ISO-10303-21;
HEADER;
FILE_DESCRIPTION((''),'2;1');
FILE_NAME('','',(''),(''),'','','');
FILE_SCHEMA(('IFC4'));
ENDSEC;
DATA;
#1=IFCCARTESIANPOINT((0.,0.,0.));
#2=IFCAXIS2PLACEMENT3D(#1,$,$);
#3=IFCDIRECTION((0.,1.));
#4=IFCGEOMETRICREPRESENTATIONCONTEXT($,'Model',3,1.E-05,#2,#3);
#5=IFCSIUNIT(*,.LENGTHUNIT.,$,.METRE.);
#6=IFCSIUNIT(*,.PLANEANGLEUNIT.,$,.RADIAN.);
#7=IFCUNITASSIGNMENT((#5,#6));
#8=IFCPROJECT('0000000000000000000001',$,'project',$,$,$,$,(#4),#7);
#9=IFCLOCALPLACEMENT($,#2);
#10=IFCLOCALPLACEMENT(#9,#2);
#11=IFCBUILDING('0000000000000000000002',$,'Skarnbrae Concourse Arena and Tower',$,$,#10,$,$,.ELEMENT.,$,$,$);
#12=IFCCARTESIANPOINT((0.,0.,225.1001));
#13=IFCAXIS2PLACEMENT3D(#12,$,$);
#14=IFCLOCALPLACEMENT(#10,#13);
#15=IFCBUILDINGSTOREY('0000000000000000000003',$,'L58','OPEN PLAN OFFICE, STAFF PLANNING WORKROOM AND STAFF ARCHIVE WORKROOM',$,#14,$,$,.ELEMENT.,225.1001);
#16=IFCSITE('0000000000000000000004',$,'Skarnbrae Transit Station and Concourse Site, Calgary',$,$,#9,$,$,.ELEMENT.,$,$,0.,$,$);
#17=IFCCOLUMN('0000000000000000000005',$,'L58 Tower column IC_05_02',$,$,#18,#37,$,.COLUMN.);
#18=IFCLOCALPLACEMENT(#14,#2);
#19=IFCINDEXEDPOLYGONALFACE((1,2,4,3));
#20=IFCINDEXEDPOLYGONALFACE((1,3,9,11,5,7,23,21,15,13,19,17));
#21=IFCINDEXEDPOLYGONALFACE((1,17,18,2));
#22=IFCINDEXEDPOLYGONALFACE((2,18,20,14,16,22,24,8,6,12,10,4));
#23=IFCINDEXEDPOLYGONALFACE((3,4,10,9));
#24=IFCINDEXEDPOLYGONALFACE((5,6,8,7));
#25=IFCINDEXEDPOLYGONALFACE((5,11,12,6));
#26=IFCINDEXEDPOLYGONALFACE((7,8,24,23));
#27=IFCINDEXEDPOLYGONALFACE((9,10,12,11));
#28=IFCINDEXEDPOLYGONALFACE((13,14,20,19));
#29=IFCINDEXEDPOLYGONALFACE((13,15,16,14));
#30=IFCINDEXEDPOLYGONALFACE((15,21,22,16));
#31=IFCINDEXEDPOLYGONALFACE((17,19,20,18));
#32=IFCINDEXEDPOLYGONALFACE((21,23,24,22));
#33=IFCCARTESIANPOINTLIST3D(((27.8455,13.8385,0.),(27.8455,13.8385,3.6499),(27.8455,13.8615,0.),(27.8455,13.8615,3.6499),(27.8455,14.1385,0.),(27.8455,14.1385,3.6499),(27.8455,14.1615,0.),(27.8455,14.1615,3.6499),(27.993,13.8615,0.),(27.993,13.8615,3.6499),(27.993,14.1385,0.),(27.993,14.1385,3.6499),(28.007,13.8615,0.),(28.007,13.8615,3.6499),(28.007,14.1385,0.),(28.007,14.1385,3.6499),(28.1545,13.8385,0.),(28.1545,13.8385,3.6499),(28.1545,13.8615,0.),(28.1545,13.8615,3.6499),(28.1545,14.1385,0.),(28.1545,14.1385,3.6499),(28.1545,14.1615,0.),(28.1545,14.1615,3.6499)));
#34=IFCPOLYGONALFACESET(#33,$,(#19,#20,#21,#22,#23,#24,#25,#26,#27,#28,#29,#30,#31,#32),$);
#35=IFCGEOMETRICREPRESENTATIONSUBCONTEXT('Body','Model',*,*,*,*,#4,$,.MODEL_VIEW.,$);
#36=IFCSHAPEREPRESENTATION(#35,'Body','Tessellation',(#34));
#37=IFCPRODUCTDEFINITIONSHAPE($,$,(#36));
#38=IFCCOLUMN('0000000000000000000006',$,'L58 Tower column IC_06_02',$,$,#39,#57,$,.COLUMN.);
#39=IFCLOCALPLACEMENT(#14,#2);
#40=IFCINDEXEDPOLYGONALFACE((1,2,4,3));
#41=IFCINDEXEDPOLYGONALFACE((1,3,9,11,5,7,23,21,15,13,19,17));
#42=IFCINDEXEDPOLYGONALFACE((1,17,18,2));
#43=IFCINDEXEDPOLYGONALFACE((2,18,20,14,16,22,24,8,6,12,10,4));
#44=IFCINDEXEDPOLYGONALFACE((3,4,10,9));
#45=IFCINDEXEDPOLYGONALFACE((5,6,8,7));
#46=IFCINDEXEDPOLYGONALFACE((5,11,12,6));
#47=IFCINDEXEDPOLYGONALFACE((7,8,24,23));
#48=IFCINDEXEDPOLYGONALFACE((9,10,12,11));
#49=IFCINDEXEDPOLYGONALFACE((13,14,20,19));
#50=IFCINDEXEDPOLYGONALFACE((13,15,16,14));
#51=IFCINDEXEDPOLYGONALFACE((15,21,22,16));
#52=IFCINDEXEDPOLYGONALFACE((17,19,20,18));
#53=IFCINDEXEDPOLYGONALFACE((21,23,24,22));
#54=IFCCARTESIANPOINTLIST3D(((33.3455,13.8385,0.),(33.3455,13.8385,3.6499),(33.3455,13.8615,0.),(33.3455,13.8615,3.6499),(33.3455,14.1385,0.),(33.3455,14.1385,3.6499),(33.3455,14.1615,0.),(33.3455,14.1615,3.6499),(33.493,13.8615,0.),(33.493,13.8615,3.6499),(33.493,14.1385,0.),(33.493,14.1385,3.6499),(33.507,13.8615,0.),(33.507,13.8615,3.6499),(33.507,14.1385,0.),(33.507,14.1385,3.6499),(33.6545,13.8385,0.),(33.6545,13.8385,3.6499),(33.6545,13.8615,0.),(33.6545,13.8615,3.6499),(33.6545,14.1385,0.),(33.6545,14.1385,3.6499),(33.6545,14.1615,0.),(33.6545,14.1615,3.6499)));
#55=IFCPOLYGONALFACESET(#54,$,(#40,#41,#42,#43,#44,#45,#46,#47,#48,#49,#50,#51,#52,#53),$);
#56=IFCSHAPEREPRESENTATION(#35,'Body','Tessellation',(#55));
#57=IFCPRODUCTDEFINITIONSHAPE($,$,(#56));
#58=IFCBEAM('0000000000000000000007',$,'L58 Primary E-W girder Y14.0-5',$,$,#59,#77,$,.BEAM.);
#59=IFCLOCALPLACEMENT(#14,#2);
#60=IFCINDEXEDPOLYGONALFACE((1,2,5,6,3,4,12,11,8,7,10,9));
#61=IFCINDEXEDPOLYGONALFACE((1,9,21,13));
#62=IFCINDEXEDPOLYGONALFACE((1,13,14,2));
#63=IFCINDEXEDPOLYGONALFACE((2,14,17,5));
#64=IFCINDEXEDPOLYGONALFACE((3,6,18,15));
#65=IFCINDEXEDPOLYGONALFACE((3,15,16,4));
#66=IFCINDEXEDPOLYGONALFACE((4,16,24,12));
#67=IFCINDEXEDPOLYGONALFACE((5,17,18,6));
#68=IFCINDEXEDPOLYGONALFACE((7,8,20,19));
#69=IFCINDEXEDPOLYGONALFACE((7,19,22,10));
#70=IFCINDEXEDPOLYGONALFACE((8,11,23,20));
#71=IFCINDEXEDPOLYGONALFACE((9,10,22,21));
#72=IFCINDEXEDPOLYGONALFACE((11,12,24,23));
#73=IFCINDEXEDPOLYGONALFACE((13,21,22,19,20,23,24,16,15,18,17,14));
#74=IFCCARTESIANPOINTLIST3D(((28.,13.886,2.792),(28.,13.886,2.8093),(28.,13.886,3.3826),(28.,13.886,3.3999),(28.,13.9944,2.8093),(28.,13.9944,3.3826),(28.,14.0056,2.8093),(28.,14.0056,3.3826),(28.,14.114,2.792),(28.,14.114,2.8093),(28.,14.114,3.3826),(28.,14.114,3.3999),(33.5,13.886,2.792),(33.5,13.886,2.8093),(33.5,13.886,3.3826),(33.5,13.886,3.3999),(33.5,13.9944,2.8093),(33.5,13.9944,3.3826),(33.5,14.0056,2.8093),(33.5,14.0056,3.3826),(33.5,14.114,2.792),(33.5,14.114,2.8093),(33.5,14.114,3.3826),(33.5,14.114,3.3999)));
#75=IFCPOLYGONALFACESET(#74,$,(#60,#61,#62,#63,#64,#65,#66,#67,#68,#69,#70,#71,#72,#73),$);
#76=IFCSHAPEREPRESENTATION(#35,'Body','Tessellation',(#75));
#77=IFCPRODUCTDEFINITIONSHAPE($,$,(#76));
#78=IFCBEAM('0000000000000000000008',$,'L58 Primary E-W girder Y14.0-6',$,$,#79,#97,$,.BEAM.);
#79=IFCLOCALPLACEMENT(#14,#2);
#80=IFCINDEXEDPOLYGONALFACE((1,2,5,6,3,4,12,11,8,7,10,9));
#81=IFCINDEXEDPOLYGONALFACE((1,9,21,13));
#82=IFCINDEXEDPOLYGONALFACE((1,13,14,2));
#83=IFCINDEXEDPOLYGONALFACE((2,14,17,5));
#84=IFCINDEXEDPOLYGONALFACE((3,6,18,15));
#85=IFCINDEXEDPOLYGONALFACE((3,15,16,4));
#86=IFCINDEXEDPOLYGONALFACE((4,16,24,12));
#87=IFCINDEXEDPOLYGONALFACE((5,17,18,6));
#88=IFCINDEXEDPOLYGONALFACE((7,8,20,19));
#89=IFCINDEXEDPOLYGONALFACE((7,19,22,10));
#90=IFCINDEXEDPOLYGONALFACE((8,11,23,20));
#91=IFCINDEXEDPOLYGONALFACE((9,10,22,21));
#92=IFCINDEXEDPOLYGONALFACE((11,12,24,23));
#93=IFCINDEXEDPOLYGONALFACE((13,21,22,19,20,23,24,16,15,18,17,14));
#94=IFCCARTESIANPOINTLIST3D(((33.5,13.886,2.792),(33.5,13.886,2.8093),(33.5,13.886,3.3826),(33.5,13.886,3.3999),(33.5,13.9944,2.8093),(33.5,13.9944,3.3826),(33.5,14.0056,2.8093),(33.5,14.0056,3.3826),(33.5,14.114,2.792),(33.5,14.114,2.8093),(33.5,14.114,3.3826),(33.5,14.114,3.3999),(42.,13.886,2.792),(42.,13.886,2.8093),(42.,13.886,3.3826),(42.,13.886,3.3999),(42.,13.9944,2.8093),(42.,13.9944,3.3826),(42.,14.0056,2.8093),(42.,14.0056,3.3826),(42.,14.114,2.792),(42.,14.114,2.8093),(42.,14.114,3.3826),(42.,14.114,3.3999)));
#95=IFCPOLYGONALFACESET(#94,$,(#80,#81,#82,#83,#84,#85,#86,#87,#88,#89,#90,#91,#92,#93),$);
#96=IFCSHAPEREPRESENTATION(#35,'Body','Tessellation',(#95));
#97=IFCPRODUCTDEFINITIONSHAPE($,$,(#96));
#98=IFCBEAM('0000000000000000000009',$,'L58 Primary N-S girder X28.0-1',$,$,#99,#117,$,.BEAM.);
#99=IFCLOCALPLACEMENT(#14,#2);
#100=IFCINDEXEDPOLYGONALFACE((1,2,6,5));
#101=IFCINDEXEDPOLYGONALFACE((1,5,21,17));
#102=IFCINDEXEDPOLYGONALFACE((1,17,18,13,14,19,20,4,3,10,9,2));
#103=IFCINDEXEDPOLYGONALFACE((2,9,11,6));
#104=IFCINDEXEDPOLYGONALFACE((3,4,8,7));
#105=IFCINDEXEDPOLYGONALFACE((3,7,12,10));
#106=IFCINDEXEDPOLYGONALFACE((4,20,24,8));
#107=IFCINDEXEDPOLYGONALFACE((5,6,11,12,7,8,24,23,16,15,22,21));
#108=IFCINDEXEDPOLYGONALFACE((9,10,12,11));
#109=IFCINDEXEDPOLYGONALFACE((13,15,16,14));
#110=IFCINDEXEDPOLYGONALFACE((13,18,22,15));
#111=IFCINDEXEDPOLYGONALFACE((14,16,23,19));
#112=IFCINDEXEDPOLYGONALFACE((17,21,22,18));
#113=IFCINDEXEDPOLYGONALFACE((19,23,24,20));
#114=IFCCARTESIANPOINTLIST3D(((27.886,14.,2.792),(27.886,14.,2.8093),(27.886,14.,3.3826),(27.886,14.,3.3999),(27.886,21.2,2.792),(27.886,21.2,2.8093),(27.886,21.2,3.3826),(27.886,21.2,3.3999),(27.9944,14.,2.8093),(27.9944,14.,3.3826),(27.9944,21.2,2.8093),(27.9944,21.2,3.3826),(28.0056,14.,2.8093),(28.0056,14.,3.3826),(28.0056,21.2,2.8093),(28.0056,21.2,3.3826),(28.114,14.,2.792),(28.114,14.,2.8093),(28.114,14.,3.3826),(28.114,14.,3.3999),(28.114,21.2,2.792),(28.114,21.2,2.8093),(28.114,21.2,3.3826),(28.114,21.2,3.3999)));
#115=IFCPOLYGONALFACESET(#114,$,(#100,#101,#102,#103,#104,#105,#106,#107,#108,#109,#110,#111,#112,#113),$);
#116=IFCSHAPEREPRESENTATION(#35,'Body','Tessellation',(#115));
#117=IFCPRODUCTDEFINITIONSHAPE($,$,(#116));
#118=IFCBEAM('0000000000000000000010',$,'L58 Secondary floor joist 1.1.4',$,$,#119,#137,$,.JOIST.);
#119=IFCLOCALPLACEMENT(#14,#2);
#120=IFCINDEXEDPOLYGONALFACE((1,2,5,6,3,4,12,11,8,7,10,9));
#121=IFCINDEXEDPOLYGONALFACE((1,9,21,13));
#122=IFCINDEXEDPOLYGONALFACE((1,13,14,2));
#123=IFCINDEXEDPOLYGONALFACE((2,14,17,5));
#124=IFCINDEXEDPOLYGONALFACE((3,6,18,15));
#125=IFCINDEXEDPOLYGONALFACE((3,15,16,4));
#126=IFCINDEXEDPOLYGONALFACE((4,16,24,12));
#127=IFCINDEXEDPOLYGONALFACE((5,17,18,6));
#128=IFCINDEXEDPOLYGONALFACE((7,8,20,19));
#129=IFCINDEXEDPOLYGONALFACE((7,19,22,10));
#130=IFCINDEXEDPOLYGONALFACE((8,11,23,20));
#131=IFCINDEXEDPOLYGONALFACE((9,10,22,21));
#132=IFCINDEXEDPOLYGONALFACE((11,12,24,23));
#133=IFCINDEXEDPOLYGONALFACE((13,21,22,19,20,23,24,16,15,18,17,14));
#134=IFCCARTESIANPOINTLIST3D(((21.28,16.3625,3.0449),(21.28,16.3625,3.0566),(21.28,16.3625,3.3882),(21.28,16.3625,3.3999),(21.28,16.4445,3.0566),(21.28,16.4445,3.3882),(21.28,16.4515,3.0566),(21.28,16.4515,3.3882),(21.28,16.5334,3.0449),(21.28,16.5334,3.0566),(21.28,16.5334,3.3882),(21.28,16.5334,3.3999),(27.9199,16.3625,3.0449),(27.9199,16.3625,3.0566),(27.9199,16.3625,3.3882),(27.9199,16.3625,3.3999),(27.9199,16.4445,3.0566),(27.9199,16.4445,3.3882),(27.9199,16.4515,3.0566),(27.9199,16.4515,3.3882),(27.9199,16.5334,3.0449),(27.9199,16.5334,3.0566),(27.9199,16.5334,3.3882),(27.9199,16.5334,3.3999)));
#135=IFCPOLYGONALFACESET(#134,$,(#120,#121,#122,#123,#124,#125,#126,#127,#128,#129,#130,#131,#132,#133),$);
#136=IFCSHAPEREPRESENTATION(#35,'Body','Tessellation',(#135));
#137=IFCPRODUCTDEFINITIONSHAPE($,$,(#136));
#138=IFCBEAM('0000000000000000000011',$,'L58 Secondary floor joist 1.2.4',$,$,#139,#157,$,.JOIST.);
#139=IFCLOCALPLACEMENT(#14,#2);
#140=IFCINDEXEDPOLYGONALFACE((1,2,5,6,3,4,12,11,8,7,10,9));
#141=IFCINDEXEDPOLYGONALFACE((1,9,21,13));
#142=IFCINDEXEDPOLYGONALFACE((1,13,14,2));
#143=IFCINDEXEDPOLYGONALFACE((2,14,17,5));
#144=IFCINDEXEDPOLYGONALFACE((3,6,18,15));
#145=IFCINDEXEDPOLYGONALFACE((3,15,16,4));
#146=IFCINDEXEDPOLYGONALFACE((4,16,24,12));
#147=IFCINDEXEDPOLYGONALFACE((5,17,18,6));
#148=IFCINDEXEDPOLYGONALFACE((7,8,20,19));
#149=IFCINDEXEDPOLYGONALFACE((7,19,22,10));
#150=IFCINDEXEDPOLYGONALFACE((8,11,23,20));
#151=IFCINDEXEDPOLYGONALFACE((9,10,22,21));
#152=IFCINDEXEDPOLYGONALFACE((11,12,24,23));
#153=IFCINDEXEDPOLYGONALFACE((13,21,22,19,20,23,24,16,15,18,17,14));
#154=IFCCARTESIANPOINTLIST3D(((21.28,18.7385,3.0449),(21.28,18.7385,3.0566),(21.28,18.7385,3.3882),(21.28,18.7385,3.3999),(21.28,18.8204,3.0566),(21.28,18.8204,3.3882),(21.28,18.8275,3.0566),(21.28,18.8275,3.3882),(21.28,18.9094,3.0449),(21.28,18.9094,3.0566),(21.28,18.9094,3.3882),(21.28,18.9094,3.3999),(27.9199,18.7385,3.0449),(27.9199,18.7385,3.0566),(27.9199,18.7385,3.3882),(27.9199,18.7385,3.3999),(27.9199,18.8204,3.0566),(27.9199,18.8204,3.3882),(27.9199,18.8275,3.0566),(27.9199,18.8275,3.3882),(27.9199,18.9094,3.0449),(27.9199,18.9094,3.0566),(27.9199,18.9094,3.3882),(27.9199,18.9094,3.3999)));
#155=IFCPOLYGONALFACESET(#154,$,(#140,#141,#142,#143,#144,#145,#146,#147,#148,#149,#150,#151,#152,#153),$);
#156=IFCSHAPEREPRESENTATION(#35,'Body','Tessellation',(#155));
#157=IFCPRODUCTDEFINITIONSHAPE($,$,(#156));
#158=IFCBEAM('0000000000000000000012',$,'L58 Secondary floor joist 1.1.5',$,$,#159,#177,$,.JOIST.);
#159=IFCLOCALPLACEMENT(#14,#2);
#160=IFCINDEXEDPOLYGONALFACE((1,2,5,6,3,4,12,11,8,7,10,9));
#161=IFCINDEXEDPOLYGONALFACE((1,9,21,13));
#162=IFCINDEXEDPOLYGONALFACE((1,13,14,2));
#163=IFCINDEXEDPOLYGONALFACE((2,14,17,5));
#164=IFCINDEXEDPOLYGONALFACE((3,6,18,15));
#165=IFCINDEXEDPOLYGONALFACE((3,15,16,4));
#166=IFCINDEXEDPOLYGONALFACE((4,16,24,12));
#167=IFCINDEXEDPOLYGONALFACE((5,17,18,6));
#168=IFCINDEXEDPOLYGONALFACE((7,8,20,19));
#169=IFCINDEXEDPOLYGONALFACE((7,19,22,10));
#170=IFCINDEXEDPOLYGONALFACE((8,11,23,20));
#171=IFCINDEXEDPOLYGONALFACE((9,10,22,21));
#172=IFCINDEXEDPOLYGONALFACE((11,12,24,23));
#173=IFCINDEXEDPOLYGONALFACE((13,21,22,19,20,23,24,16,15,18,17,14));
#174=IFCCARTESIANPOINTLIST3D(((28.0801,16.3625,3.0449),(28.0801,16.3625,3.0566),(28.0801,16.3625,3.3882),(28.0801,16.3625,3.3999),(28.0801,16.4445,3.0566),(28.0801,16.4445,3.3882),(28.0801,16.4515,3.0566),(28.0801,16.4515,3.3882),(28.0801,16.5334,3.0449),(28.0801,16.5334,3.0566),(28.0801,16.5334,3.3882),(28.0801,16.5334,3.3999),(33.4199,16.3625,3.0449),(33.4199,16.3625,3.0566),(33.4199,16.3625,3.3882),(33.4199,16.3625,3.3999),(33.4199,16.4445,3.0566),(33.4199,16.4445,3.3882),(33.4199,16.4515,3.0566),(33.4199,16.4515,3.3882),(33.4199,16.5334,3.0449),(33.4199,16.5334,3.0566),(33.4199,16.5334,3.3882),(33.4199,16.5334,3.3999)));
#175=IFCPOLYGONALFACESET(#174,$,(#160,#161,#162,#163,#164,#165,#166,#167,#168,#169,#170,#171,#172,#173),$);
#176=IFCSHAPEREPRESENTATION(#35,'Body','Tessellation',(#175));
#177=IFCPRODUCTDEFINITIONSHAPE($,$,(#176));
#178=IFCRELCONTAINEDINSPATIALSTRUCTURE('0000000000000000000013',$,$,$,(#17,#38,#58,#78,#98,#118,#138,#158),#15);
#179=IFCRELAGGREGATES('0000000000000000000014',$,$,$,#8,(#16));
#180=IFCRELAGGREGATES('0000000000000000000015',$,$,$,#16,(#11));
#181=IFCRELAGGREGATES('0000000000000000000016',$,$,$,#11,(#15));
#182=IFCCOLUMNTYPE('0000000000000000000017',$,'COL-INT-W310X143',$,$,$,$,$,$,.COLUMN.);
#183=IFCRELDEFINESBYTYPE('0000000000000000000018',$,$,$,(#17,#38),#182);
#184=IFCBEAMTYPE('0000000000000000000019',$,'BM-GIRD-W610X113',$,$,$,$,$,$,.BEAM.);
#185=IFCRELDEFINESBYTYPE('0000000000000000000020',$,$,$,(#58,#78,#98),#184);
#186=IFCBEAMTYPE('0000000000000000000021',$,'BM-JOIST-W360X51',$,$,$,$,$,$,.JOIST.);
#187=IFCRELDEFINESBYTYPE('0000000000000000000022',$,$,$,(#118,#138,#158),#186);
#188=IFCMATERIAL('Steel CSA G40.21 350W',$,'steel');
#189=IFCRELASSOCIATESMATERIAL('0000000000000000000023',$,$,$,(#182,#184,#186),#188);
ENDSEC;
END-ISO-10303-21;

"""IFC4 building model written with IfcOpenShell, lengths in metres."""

from ifc_helpers import new_model, si_unit, direction, frame, origin, origin_2d, place, context, subcontext, project, spatial, i_section, extrude, source, transform, mapped, material, material_profile, profile_set, type_object, element, save


model = new_model("IFC4")

# Units and contexts
model_context = context("Model", 3, precision=1e-05, world=origin(), true_north=direction((0.0, 1.0)))
body_context = subcontext(model_context, "Body", "Model", "MODEL_VIEW")
ifc_project = project(units=[si_unit("LENGTHUNIT", "METRE"), si_unit("PLANEANGLEUNIT", "RADIAN")], contexts=[model_context])

# Site, building, storey
site_placement = place(None, origin())
site = spatial("IfcSite", under=ifc_project, at=site_placement, Name="Skarnbrae Transit Station and Concourse Site, Calgary", CompositionType="ELEMENT", RefElevation=0.0)
building_placement = place(site_placement, origin())
building = spatial("IfcBuilding", under=site, at=building_placement, Name="Skarnbrae Concourse Arena and Tower", CompositionType="ELEMENT")
storey_placement = place(building_placement, frame((0.0, 0.0, 225.1001)))
storey = spatial("IfcBuildingStorey", under=building, at=storey_placement, Name="L58", Description="OPEN PLAN OFFICE, STAFF PLANNING WORKROOM AND STAFF ARCHIVE WORKROOM", CompositionType="ELEMENT", Elevation=225.1001)

# Columns
ifc_material_1 = material(Name="Steel CSA G40.21 350W", Category="steel")
ifc_material_profile_1 = material_profile(ifc_material_1, i_section(OverallWidth=0.3091, OverallDepth=0.323, WebThickness=0.0139, FlangeThickness=0.0229, at=origin_2d()), Name="W310X143")
ifc_profile_set_1 = profile_set([ifc_material_profile_1], Name="Steel CSA G40.21 350W")
column_type = type_object("IfcColumnType", Name="COL-INT-W310X143", PredefinedType="COLUMN", material=ifc_profile_set_1)
shared_shape_1 = source(origin(), body_context, "Body", "SweptSolid", [
    extrude(i_section(OverallWidth=0.3091, OverallDepth=0.323, WebThickness=0.0139, FlangeThickness=0.0229, at=origin_2d()), origin(), (0.0, 0.0, 1.0), 3.6499),
])
for number, where, z_axis, x_axis, name in (
    (1, (28.0, 14.0, 0.0), (0.0, 0.0, 1.0), (1.0, 0.0, 0.0), "L58 Tower column IC_05_02"),
    (2, (33.5, 14.0, 0.0), (0.0, 0.0, 1.0), (1.0, 0.0, 0.0), "L58 Tower column IC_06_02"),
):
    element("IfcColumn", number, at=place(storey_placement, frame(where, z_axis=z_axis, x_axis=x_axis)), inside=storey, type_object=column_type, Name=name, PredefinedType="COLUMN", context=body_context, shape_type="MappedRepresentation", body=[
        mapped(shared_shape_1, transform((0.0, 0.0, 0.0))),
    ])

# Beams
ifc_material_profile_2 = material_profile(ifc_material_1, i_section(OverallWidth=0.228, OverallDepth=0.6079, WebThickness=0.0112, FlangeThickness=0.0173, at=origin_2d()), Name="W610X113")
ifc_profile_set_2 = profile_set([ifc_material_profile_2], Name="Steel CSA G40.21 350W")
beam_type_1 = type_object("IfcBeamType", Name="BM-GIRD-W610X113", PredefinedType="BEAM", material=ifc_profile_set_2)
shared_shape_2 = source(origin(), body_context, "Body", "SweptSolid", [
    extrude(i_section(OverallWidth=0.228, OverallDepth=0.6079, WebThickness=0.0112, FlangeThickness=0.0173, at=origin_2d()), origin(), (0.0, 0.0, 1.0), 5.5),
])
beam_1_placement = place(storey_placement, frame((28.0, 14.0, 3.0959), z_axis=(1.0, 0.0, 0.0), x_axis=(0.0, 1.0, 0.0)))
element("IfcBeam", 3, at=beam_1_placement, inside=storey, type_object=beam_type_1, Name="L58 Primary E-W girder Y14.0-5", PredefinedType="BEAM", context=body_context, shape_type="MappedRepresentation", body=[
    mapped(shared_shape_2, transform((0.0, 0.0, 0.0))),
])
shared_shape_3 = source(origin(), body_context, "Body", "SweptSolid", [
    extrude(i_section(OverallWidth=0.228, OverallDepth=0.6079, WebThickness=0.0112, FlangeThickness=0.0173, at=origin_2d()), origin(), (0.0, 0.0, 1.0), 8.5),
])
beam_2_placement = place(storey_placement, frame((33.5, 14.0, 3.0959), z_axis=(1.0, 0.0, 0.0), x_axis=(0.0, 1.0, 0.0)))
element("IfcBeam", 4, at=beam_2_placement, inside=storey, type_object=beam_type_1, Name="L58 Primary E-W girder Y14.0-6", PredefinedType="BEAM", context=body_context, shape_type="MappedRepresentation", body=[
    mapped(shared_shape_3, transform((0.0, 0.0, 0.0))),
])
shared_shape_4 = source(origin(), body_context, "Body", "SweptSolid", [
    extrude(i_section(OverallWidth=0.228, OverallDepth=0.6079, WebThickness=0.0112, FlangeThickness=0.0173, at=origin_2d()), origin(), (0.0, 0.0, 1.0), 7.2),
])
beam_3_placement = place(storey_placement, frame((28.0, 14.0, 3.0959), z_axis=(0.0, 1.0, 0.0), x_axis=(-1.0, 0.0, 0.0)))
element("IfcBeam", 5, at=beam_3_placement, inside=storey, type_object=beam_type_1, Name="L58 Primary N-S girder X28.0-1", PredefinedType="BEAM", context=body_context, shape_type="MappedRepresentation", body=[
    mapped(shared_shape_4, transform((0.0, 0.0, 0.0))),
])
ifc_material_profile_3 = material_profile(ifc_material_1, i_section(OverallWidth=0.1709, OverallDepth=0.355, WebThickness=0.0071, FlangeThickness=0.0117, at=origin_2d()), Name="W360X51")
ifc_profile_set_3 = profile_set([ifc_material_profile_3], Name="Steel CSA G40.21 350W")
beam_type_2 = type_object("IfcBeamType", Name="BM-JOIST-W360X51", PredefinedType="JOIST", material=ifc_profile_set_3)
shared_shape_5 = source(origin(), body_context, "Body", "SweptSolid", [
    extrude(i_section(OverallWidth=0.1709, OverallDepth=0.355, WebThickness=0.0071, FlangeThickness=0.0117, at=origin_2d()), origin(), (0.0, 0.0, 1.0), 6.6399),
])
for number, where, z_axis, x_axis, name in (
    (6, (21.28, 16.448, 3.2224), (1.0, 0.0, 0.0), (0.0, 1.0, 0.0), "L58 Secondary floor joist 1.1.4"),
    (7, (21.28, 18.824, 3.2224), (1.0, 0.0, 0.0), (0.0, 1.0, 0.0), "L58 Secondary floor joist 1.2.4"),
):
    element("IfcBeam", number, at=place(storey_placement, frame(where, z_axis=z_axis, x_axis=x_axis)), inside=storey, type_object=beam_type_2, Name=name, PredefinedType="JOIST", context=body_context, shape_type="MappedRepresentation", body=[
        mapped(shared_shape_5, transform((0.0, 0.0, 0.0))),
    ])
shared_shape_6 = source(origin(), body_context, "Body", "SweptSolid", [
    extrude(i_section(OverallWidth=0.1709, OverallDepth=0.355, WebThickness=0.0071, FlangeThickness=0.0117, at=origin_2d()), origin(), (0.0, 0.0, 1.0), 5.3398),
])
for number, where, z_axis, x_axis, name in (
    (8, (28.0801, 16.448, 3.2224), (1.0, 0.0, 0.0), (0.0, 1.0, 0.0), "L58 Secondary floor joist 1.1.5"),
):
    element("IfcBeam", number, at=place(storey_placement, frame(where, z_axis=z_axis, x_axis=x_axis)), inside=storey, type_object=beam_type_2, Name=name, PredefinedType="JOIST", context=body_context, shape_type="MappedRepresentation", body=[
        mapped(shared_shape_6, transform((0.0, 0.0, 0.0))),
    ])

save(model, "model.ifc")
